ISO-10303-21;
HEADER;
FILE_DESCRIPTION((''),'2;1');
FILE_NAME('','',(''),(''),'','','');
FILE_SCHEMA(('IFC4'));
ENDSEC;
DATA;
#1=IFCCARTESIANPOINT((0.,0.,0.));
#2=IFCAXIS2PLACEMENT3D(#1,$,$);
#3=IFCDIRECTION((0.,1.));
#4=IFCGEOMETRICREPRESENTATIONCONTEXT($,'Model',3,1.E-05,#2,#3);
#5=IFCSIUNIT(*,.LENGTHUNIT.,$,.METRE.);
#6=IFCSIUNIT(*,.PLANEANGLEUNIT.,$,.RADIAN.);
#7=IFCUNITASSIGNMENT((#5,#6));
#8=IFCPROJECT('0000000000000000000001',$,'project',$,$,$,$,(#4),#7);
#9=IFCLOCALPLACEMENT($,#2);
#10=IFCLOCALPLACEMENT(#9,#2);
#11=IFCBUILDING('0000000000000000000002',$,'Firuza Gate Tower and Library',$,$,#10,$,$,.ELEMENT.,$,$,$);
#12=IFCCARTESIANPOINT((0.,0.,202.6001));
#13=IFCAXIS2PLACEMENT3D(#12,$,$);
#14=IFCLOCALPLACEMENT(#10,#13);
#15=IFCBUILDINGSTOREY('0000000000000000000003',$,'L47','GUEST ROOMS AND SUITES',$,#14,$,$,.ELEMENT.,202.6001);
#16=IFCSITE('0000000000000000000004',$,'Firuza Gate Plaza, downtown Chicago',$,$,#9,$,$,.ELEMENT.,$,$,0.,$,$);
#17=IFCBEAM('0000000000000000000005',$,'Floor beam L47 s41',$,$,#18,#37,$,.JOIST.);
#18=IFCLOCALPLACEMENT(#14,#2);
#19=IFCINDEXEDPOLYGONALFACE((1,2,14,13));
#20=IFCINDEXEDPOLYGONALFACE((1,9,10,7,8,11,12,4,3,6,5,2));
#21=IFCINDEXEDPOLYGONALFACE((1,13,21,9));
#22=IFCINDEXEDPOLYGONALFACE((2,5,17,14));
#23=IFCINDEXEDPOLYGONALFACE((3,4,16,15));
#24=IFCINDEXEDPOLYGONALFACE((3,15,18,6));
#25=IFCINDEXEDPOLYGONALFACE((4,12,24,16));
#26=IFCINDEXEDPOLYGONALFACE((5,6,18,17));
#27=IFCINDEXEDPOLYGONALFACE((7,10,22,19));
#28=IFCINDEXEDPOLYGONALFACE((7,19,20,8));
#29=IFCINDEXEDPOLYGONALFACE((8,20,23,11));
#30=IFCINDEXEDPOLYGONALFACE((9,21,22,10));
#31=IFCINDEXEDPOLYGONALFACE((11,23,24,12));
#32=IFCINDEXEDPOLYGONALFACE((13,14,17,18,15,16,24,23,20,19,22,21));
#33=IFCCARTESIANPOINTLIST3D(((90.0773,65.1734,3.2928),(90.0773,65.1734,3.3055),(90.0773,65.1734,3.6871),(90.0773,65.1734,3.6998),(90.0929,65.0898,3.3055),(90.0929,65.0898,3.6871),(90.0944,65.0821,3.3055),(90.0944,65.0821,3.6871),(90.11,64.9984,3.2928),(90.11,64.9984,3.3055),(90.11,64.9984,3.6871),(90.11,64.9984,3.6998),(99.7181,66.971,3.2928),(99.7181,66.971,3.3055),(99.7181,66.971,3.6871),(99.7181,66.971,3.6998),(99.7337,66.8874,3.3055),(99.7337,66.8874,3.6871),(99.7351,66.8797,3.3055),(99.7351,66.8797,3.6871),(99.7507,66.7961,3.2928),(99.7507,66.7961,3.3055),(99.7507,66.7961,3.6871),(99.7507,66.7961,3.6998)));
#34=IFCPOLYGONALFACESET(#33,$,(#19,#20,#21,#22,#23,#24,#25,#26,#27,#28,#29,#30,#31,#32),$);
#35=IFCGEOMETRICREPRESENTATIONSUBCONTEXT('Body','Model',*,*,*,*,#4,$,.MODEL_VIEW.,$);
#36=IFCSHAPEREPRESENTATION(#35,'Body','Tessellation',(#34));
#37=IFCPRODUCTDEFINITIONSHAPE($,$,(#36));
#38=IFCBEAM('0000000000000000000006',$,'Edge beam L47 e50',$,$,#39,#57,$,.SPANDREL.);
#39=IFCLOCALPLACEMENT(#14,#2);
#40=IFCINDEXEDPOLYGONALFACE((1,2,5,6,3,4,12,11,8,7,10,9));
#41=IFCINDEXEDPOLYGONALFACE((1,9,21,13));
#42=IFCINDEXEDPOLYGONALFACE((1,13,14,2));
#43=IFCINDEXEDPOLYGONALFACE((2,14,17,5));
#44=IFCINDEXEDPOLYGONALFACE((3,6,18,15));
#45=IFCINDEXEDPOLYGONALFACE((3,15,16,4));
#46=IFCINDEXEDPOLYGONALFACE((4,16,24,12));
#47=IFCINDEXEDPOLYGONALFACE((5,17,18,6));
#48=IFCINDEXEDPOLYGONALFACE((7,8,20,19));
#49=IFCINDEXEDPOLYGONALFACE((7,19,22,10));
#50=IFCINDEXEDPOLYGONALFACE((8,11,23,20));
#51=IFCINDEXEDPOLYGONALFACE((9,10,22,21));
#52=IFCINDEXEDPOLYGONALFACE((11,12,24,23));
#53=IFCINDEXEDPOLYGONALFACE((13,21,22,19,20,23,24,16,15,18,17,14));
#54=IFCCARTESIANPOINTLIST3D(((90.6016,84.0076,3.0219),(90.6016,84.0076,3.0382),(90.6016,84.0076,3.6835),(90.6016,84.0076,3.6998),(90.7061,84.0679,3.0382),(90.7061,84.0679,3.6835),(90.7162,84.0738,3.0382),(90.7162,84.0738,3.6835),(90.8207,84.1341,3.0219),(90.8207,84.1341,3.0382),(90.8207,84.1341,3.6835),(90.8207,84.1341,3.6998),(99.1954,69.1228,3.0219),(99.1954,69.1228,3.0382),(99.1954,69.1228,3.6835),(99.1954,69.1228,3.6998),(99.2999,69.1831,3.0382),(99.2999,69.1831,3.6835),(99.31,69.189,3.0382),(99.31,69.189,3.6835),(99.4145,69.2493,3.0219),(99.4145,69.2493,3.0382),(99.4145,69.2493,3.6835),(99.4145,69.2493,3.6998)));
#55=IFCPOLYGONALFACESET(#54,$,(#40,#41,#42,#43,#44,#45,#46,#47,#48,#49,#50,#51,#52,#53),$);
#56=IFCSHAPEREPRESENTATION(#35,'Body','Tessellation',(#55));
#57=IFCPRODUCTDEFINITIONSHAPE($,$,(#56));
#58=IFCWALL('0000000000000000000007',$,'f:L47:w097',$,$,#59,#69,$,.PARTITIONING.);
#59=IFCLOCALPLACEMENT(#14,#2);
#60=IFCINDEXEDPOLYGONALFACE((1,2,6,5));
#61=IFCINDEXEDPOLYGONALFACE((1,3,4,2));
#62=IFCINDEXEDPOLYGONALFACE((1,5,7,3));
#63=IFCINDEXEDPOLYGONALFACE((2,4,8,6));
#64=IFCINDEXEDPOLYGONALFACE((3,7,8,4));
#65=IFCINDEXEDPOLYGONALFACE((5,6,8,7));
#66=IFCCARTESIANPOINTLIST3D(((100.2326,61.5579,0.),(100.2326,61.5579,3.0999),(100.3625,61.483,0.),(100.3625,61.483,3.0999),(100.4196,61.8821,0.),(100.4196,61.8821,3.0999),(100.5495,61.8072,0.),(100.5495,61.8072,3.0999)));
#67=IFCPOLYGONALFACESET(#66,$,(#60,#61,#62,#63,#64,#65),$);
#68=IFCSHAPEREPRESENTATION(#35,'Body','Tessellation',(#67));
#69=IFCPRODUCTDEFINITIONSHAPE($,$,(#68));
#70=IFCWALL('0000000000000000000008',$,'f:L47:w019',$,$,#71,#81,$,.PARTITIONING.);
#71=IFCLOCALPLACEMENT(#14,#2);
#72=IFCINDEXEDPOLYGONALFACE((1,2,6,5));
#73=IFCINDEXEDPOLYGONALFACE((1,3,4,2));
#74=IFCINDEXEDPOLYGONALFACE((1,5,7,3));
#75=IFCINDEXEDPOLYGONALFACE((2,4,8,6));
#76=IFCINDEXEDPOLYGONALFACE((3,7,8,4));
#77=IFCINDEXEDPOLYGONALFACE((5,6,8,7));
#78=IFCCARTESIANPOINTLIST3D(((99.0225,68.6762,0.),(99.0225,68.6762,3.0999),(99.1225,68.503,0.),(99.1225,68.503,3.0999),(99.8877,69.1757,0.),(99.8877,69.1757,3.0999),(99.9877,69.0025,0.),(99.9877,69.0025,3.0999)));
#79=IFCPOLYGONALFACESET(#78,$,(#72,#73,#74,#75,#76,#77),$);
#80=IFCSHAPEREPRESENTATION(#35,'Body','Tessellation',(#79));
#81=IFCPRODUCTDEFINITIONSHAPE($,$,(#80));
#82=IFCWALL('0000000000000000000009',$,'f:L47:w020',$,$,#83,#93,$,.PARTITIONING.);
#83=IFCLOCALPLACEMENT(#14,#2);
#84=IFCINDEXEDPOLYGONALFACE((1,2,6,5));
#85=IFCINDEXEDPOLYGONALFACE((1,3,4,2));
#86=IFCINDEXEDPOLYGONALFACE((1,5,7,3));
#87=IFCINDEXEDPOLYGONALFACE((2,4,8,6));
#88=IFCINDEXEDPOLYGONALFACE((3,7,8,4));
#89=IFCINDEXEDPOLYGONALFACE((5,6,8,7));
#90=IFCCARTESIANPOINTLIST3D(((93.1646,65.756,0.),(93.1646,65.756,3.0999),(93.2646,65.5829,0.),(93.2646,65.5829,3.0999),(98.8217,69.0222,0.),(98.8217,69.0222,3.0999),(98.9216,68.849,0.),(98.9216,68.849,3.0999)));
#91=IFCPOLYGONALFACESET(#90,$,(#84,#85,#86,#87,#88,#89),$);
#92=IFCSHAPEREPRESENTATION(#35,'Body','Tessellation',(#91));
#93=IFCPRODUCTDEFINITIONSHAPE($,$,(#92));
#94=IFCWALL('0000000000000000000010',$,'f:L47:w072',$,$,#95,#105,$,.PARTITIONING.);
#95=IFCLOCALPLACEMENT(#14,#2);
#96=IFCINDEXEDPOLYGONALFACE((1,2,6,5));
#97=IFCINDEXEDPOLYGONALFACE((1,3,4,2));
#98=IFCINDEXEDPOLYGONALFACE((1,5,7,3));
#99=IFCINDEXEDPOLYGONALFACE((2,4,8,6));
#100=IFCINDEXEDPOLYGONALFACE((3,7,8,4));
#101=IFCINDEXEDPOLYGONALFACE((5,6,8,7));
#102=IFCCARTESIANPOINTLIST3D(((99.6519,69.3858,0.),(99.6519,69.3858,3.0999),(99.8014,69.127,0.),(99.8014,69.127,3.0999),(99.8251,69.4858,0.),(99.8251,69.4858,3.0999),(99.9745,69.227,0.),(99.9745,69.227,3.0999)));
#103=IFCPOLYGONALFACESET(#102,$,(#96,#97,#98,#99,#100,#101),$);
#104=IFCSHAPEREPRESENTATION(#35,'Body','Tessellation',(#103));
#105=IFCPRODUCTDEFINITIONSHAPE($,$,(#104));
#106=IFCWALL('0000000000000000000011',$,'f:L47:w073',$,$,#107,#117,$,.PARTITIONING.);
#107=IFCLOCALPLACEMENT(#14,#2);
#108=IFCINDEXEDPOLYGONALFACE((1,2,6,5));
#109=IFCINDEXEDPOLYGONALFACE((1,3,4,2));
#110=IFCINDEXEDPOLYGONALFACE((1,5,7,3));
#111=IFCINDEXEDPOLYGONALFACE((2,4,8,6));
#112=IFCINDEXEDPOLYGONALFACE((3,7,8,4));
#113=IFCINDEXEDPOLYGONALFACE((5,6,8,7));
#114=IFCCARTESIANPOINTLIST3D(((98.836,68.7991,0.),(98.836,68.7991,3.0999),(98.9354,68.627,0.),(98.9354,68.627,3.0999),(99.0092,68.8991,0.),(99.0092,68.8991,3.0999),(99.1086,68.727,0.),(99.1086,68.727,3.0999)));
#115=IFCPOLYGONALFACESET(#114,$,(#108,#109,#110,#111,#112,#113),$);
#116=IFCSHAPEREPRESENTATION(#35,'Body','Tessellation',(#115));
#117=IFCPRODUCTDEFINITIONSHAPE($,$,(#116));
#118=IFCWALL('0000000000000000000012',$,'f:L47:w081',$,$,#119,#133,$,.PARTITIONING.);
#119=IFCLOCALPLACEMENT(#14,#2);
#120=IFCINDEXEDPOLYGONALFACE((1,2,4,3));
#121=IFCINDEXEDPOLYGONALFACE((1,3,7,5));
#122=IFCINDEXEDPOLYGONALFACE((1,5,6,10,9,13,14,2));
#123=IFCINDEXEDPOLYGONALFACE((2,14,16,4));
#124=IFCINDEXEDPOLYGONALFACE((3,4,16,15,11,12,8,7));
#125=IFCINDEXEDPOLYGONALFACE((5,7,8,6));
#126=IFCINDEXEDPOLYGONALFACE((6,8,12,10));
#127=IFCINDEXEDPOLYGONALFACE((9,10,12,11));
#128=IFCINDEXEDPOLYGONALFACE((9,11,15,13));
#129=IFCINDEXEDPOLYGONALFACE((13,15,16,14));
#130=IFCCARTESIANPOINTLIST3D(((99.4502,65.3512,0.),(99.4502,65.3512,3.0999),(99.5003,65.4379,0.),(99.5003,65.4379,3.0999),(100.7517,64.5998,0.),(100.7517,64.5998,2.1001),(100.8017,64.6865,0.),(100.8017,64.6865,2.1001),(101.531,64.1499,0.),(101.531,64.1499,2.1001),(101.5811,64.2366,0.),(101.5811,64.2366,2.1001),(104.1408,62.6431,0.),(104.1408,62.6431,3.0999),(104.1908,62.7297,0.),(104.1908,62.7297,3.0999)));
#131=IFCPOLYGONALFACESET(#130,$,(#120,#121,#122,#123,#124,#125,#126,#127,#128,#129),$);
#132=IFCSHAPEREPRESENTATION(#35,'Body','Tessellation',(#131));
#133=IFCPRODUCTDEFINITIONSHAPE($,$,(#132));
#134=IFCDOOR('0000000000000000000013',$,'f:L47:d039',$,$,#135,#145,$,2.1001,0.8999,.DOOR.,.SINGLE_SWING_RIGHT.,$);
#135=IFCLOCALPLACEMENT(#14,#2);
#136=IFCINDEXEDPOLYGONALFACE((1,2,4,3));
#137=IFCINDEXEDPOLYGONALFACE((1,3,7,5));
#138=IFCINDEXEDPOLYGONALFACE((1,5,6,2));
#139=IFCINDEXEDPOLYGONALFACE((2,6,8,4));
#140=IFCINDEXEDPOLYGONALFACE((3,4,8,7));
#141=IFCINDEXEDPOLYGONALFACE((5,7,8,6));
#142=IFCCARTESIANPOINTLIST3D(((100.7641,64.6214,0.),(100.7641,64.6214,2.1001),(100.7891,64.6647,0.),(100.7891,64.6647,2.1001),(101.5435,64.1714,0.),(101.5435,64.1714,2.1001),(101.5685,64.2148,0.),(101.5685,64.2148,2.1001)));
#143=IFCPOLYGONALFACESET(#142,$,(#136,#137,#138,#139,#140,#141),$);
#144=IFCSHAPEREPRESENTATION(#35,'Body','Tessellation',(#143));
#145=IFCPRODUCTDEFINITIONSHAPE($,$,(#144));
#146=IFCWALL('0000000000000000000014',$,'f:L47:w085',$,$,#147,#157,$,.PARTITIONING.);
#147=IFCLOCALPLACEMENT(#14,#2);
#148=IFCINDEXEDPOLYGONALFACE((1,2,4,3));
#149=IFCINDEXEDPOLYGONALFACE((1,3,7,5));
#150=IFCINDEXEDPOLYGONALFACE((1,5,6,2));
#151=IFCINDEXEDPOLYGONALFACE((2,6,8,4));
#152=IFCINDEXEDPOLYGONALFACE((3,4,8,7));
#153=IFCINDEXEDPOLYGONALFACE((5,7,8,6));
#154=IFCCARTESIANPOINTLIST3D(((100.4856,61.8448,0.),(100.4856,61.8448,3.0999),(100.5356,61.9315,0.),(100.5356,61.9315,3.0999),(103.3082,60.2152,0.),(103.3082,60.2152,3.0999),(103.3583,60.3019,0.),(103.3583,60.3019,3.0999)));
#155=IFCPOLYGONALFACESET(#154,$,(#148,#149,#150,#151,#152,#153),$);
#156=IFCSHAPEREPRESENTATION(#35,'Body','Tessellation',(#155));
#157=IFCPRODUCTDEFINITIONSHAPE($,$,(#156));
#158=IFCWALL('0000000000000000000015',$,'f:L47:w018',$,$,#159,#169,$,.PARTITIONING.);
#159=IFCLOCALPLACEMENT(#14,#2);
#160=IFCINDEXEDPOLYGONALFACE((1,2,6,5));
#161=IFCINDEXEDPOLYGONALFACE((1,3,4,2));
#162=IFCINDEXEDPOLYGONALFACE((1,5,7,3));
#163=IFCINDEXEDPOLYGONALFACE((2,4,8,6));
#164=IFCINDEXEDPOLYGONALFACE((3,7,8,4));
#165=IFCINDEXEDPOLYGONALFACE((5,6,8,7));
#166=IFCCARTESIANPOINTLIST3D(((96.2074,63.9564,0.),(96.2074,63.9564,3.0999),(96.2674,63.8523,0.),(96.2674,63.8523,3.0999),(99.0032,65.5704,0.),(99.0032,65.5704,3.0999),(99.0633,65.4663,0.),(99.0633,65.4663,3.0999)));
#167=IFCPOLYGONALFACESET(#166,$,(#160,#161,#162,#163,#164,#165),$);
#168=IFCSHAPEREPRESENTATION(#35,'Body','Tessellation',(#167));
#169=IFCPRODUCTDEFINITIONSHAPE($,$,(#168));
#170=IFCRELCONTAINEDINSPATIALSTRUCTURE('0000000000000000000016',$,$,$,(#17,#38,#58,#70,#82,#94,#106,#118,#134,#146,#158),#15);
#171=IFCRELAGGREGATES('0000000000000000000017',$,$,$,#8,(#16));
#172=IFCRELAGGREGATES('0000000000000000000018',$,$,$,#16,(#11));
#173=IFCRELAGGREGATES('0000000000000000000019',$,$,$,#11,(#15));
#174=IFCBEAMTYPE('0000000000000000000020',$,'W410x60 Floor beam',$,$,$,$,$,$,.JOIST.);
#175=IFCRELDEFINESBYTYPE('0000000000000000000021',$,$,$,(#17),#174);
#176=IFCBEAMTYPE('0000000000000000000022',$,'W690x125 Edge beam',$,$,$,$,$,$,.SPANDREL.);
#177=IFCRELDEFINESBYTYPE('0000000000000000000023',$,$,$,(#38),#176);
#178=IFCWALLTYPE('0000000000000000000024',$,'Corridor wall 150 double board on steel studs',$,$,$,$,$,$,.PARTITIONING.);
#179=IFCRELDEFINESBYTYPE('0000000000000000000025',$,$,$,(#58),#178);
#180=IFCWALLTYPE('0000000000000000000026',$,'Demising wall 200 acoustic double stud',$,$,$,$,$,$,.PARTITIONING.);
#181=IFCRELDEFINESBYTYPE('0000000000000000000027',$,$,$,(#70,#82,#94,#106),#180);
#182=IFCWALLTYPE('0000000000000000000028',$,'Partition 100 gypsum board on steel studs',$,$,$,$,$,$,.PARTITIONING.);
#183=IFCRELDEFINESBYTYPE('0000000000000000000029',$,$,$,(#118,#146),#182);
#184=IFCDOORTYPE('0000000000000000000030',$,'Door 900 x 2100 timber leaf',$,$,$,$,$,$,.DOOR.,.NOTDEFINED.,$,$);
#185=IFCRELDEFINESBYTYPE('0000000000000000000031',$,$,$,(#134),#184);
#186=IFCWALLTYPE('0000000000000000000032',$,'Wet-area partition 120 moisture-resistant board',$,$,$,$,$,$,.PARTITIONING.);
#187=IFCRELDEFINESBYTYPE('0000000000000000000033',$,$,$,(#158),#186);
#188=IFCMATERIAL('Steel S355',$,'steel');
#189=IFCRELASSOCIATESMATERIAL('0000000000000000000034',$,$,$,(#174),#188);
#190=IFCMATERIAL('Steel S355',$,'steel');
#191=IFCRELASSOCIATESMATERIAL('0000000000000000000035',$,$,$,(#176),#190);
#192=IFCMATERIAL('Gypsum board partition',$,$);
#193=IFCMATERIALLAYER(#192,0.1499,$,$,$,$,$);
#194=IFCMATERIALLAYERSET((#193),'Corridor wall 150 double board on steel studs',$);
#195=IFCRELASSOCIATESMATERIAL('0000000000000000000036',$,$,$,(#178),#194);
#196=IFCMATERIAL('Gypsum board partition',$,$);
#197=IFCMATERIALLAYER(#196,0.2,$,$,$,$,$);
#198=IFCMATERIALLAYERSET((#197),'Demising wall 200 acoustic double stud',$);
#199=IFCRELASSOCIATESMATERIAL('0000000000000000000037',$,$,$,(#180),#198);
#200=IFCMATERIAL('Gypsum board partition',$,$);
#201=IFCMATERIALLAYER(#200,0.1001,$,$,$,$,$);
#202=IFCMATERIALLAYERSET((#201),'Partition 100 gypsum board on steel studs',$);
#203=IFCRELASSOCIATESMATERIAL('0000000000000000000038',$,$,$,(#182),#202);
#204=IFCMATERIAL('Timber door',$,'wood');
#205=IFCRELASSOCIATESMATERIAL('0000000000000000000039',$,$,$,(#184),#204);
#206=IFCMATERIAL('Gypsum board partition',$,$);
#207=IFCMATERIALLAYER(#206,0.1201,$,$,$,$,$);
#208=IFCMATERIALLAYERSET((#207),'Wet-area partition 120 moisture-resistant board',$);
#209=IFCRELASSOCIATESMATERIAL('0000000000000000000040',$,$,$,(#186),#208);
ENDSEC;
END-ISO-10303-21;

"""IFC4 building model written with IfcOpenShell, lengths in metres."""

from ifc_helpers import new_model, si_unit, direction, frame, frame_2d, origin, origin_2d, place, context, subcontext, project, spatial, rectangle, i_section, extrude, material, layer, layer_set, material_profile, profile_set, type_object, element, fill, save


model = new_model("IFC4")

# Units and contexts
model_context = context("Model", 3, precision=1e-05, world=origin(), true_north=direction((0.0, 1.0)))
body_context = subcontext(model_context, "Body", "Model", "MODEL_VIEW")
ifc_project = project(units=[si_unit("LENGTHUNIT", "METRE"), si_unit("PLANEANGLEUNIT", "RADIAN")], contexts=[model_context])

# Site, building, storey
site_placement = place(None, origin())
site = spatial("IfcSite", under=ifc_project, at=site_placement, Name="Firuza Gate Plaza, downtown Chicago", CompositionType="ELEMENT", RefElevation=0.0)
building_placement = place(site_placement, origin())
building = spatial("IfcBuilding", under=site, at=building_placement, Name="Firuza Gate Tower and Library", CompositionType="ELEMENT")
storey_placement = place(building_placement, frame((0.0, 0.0, 202.6001)))
storey = spatial("IfcBuildingStorey", under=building, at=storey_placement, Name="L47", Description="GUEST ROOMS AND SUITES", CompositionType="ELEMENT", Elevation=202.6001)

# Beams
ifc_material_1 = material(Name="Steel S355", Category="steel")
ifc_material_profile_1 = material_profile(ifc_material_1, i_section(OverallWidth=0.178, OverallDepth=0.407, WebThickness=0.0078, FlangeThickness=0.0127, at=origin_2d()))
ifc_profile_set_1 = profile_set([ifc_material_profile_1], Name="Steel S355")
beam_type_1 = type_object("IfcBeamType", Name="W410x60 Floor beam", PredefinedType="JOIST", material=ifc_profile_set_1)
beam_1_placement = place(storey_placement, frame((99.7344, 66.8835, 3.4963), z_axis=(-0.983057, -0.183302, 0.0), x_axis=(0.183302, -0.983057, 0.0)))
element("IfcBeam", 1, at=beam_1_placement, inside=storey, type_object=beam_type_1, Name="Floor beam L47 s41", PredefinedType="JOIST", context=body_context, shape_type="SweptSolid", body=[
    extrude(i_section(OverallWidth=0.178, OverallDepth=0.407, WebThickness=0.0078, FlangeThickness=0.0127, at=origin_2d()), origin(), (0.0, 0.0, 1.0), 9.8069),
])
ifc_material_2 = material(Name="Steel S355", Category="steel")
ifc_material_profile_2 = material_profile(ifc_material_2, i_section(OverallWidth=0.2529, OverallDepth=0.678, WebThickness=0.0117, FlangeThickness=0.0164, at=origin_2d()))
ifc_profile_set_2 = profile_set([ifc_material_profile_2], Name="Steel S355")
beam_type_2 = type_object("IfcBeamType", Name="W690x125 Edge beam", PredefinedType="SPANDREL", material=ifc_profile_set_2)
beam_2_placement = place(storey_placement, frame((99.3049, 69.186, 3.3608), z_axis=(-0.500001, 0.866025, 0.0), x_axis=(-0.866025, -0.500001, 0.0)))
element("IfcBeam", 2, at=beam_2_placement, inside=storey, type_object=beam_type_2, Name="Edge beam L47 e50", PredefinedType="SPANDREL", context=body_context, shape_type="SweptSolid", body=[
    extrude(i_section(OverallWidth=0.2529, OverallDepth=0.678, WebThickness=0.0117, FlangeThickness=0.0164, at=origin_2d()), origin(), (0.0, 0.0, 1.0), 17.1875),
])

# Walls
ifc_material_3 = material(Name="Gypsum board partition")
ifc_layer_1 = layer(ifc_material_3, 0.1499)
ifc_layer_set_1 = layer_set([ifc_layer_1], Name="Corridor wall 150 double board on steel studs")
wall_type_1 = type_object("IfcWallType", Name="Corridor wall 150 double board on steel studs", PredefinedType="PARTITIONING", material=ifc_layer_set_1)
wall_1_placement = place(storey_placement, frame((100.2976, 61.5205, 0.0), z_axis=(0.0, 0.0, 1.0), x_axis=(0.499647, 0.866229, 0.0)))
element("IfcWall", 3, at=wall_1_placement, inside=storey, type_object=wall_type_1, Name="f:L47:w097", PredefinedType="PARTITIONING", context=body_context, shape_type="SweptSolid", body=[
    extrude(rectangle(XDim=0.3743, YDim=0.1499, at=frame_2d((0.187, 0.0))), origin(), (0.0, 0.0, 1.0), 3.0999),
])
ifc_material_4 = material(Name="Gypsum board partition")
ifc_layer_2 = layer(ifc_material_4, 0.2)
ifc_layer_set_2 = layer_set([ifc_layer_2], Name="Demising wall 200 acoustic double stud")
wall_type_2 = type_object("IfcWallType", Name="Demising wall 200 acoustic double stud", PredefinedType="PARTITIONING", material=ifc_layer_set_2)
wall_2_placement = place(storey_placement, frame((99.0725, 68.5896, 0.0), z_axis=(0.0, 0.0, 1.0), x_axis=(0.866039, 0.499976, 0.0)))
element("IfcWall", 4, at=wall_2_placement, inside=storey, type_object=wall_type_2, Name="f:L47:w019", PredefinedType="PARTITIONING", context=body_context, shape_type="SweptSolid", body=[
    extrude(rectangle(XDim=0.999, YDim=0.2, at=frame_2d((0.4995, 0.0))), origin(), (0.0, 0.0, 1.0), 3.0999),
])
wall_3_placement = place(storey_placement, frame((93.2146, 65.6694, 0.0), z_axis=(0.0, 0.0, 1.0), x_axis=(0.866022, 0.500006, 0.0)))
element("IfcWall", 5, at=wall_3_placement, inside=storey, type_object=wall_type_2, Name="f:L47:w020", PredefinedType="PARTITIONING", context=body_context, shape_type="SweptSolid", body=[
    extrude(rectangle(XDim=6.5322, YDim=0.2, at=frame_2d((3.2661, 0.0))), origin(), (0.0, 0.0, 1.0), 3.0999),
])
wall_4_placement = place(storey_placement, frame((99.8879, 69.177, 0.0), z_axis=(0.0, 0.0, 1.0), x_axis=(-0.500005, 0.866022, 0.0)))
element("IfcWall", 6, at=wall_4_placement, inside=storey, type_object=wall_type_2, Name="f:L47:w072", PredefinedType="PARTITIONING", context=body_context, shape_type="SweptSolid", body=[
    extrude(rectangle(XDim=0.2988, YDim=0.2, at=frame_2d((0.1494, 0.0))), origin(), (0.0, 0.0, 1.0), 3.0999),
])
wall_5_placement = place(storey_placement, frame((99.022, 68.677, 0.0), z_axis=(0.0, 0.0, 1.0), x_axis=(-0.499971, 0.866042, 0.0)))
element("IfcWall", 7, at=wall_5_placement, inside=storey, type_object=wall_type_2, Name="f:L47:w073", PredefinedType="PARTITIONING", context=body_context, shape_type="SweptSolid", body=[
    extrude(rectangle(XDim=0.1987, YDim=0.2, at=frame_2d((0.0994, 0.0))), origin(), (0.0, 0.0, 1.0), 3.0999),
])

# Wall, opening, door
ifc_material_5 = material(Name="Gypsum board partition")
ifc_layer_3 = layer(ifc_material_5, 0.1001)
ifc_layer_set_3 = layer_set([ifc_layer_3], Name="Partition 100 gypsum board on steel studs")
wall_type_3 = type_object("IfcWallType", Name="Partition 100 gypsum board on steel studs", PredefinedType="PARTITIONING", material=ifc_layer_set_3)
wall_6_placement = place(storey_placement, frame((99.4753, 65.3945, 0.0), z_axis=(0.0, 0.0, 1.0), x_axis=(0.866018, -0.500012, 0.0)))
wall_6 = element("IfcWall", 8, at=wall_6_placement, inside=storey, type_object=wall_type_3, Name="f:L47:w081", PredefinedType="PARTITIONING", context=body_context, shape_type="SweptSolid", body=[
    extrude(rectangle(XDim=5.4163, YDim=0.1001, at=frame_2d((2.708, 0.0))), origin(), (0.0, 0.0, 1.0), 3.0999),
])
opening_1_placement = place(wall_6_placement, frame((1.5027, 0.0, 0.0)))
opening_1 = element("IfcOpeningElement", 9, at=opening_1_placement, cuts=wall_6, PredefinedType="OPENING", context=body_context, shape_type="SweptSolid", body=[
    extrude(rectangle(XDim=0.8999, YDim=2.1001, at=frame_2d((0.45, 1.05))), frame((0.0, 0.0601, 0.0), z_axis=(0.0, -1.0, 0.0), x_axis=(1.0, 0.0, 0.0)), (0.0, 0.0, 1.0), 0.1201),
])
ifc_material_6 = material(Name="Timber door", Category="wood")
door_type_1 = type_object("IfcDoorType", Name="Door 900 x 2100 timber leaf", OperationType="NOTDEFINED", PredefinedType="DOOR", material=ifc_material_6)
door_1_placement = place(opening_1_placement, origin())
door_1 = element("IfcDoor", 10, at=door_1_placement, inside=storey, type_object=door_type_1, Name="f:L47:d039", OperationType="SINGLE_SWING_RIGHT", OverallHeight=2.1001, OverallWidth=0.8999, PredefinedType="DOOR", context=body_context, shape_type="SweptSolid", body=[
    extrude(rectangle(XDim=0.8999, YDim=2.1001, at=frame_2d((0.45, 1.05))), frame((0.0, 0.0249, 0.0), z_axis=(0.0, -1.0, 0.0), x_axis=(1.0, 0.0, 0.0)), (0.0, 0.0, 1.0), 0.05),
])
fill(opening_1, door_1)

# Walls
wall_7_placement = place(storey_placement, frame((103.3333, 60.2585, 0.0), z_axis=(0.0, 0.0, 1.0), x_axis=(-0.866036, 0.499982, 0.0)))
element("IfcWall", 11, at=wall_7_placement, inside=storey, type_object=wall_type_3, Name="f:L47:w085", PredefinedType="PARTITIONING", context=body_context, shape_type="SweptSolid", body=[
    extrude(rectangle(XDim=3.2593, YDim=0.1001, at=frame_2d((1.6296, 0.0))), origin(), (0.0, 0.0, 1.0), 3.0999),
])
ifc_material_7 = material(Name="Gypsum board partition")
ifc_layer_4 = layer(ifc_material_7, 0.1201)
ifc_layer_set_4 = layer_set([ifc_layer_4], Name="Wet-area partition 120 moisture-resistant board")
wall_type_4 = type_object("IfcWallType", Name="Wet-area partition 120 moisture-resistant board", PredefinedType="PARTITIONING", material=ifc_layer_set_4)
wall_8_placement = place(storey_placement, frame((96.2373, 63.9043, 0.0), z_axis=(0.0, 0.0, 1.0), x_axis=(0.866052, 0.499954, 0.0)))
element("IfcWall", 12, at=wall_8_placement, inside=storey, type_object=wall_type_4, Name="f:L47:w018", PredefinedType="PARTITIONING", context=body_context, shape_type="SweptSolid", body=[
    extrude(rectangle(XDim=3.2283, YDim=0.1201, at=frame_2d((1.6143, 0.0))), origin(), (0.0, 0.0, 1.0), 3.0999),
])

save(model, "model.ifc")
